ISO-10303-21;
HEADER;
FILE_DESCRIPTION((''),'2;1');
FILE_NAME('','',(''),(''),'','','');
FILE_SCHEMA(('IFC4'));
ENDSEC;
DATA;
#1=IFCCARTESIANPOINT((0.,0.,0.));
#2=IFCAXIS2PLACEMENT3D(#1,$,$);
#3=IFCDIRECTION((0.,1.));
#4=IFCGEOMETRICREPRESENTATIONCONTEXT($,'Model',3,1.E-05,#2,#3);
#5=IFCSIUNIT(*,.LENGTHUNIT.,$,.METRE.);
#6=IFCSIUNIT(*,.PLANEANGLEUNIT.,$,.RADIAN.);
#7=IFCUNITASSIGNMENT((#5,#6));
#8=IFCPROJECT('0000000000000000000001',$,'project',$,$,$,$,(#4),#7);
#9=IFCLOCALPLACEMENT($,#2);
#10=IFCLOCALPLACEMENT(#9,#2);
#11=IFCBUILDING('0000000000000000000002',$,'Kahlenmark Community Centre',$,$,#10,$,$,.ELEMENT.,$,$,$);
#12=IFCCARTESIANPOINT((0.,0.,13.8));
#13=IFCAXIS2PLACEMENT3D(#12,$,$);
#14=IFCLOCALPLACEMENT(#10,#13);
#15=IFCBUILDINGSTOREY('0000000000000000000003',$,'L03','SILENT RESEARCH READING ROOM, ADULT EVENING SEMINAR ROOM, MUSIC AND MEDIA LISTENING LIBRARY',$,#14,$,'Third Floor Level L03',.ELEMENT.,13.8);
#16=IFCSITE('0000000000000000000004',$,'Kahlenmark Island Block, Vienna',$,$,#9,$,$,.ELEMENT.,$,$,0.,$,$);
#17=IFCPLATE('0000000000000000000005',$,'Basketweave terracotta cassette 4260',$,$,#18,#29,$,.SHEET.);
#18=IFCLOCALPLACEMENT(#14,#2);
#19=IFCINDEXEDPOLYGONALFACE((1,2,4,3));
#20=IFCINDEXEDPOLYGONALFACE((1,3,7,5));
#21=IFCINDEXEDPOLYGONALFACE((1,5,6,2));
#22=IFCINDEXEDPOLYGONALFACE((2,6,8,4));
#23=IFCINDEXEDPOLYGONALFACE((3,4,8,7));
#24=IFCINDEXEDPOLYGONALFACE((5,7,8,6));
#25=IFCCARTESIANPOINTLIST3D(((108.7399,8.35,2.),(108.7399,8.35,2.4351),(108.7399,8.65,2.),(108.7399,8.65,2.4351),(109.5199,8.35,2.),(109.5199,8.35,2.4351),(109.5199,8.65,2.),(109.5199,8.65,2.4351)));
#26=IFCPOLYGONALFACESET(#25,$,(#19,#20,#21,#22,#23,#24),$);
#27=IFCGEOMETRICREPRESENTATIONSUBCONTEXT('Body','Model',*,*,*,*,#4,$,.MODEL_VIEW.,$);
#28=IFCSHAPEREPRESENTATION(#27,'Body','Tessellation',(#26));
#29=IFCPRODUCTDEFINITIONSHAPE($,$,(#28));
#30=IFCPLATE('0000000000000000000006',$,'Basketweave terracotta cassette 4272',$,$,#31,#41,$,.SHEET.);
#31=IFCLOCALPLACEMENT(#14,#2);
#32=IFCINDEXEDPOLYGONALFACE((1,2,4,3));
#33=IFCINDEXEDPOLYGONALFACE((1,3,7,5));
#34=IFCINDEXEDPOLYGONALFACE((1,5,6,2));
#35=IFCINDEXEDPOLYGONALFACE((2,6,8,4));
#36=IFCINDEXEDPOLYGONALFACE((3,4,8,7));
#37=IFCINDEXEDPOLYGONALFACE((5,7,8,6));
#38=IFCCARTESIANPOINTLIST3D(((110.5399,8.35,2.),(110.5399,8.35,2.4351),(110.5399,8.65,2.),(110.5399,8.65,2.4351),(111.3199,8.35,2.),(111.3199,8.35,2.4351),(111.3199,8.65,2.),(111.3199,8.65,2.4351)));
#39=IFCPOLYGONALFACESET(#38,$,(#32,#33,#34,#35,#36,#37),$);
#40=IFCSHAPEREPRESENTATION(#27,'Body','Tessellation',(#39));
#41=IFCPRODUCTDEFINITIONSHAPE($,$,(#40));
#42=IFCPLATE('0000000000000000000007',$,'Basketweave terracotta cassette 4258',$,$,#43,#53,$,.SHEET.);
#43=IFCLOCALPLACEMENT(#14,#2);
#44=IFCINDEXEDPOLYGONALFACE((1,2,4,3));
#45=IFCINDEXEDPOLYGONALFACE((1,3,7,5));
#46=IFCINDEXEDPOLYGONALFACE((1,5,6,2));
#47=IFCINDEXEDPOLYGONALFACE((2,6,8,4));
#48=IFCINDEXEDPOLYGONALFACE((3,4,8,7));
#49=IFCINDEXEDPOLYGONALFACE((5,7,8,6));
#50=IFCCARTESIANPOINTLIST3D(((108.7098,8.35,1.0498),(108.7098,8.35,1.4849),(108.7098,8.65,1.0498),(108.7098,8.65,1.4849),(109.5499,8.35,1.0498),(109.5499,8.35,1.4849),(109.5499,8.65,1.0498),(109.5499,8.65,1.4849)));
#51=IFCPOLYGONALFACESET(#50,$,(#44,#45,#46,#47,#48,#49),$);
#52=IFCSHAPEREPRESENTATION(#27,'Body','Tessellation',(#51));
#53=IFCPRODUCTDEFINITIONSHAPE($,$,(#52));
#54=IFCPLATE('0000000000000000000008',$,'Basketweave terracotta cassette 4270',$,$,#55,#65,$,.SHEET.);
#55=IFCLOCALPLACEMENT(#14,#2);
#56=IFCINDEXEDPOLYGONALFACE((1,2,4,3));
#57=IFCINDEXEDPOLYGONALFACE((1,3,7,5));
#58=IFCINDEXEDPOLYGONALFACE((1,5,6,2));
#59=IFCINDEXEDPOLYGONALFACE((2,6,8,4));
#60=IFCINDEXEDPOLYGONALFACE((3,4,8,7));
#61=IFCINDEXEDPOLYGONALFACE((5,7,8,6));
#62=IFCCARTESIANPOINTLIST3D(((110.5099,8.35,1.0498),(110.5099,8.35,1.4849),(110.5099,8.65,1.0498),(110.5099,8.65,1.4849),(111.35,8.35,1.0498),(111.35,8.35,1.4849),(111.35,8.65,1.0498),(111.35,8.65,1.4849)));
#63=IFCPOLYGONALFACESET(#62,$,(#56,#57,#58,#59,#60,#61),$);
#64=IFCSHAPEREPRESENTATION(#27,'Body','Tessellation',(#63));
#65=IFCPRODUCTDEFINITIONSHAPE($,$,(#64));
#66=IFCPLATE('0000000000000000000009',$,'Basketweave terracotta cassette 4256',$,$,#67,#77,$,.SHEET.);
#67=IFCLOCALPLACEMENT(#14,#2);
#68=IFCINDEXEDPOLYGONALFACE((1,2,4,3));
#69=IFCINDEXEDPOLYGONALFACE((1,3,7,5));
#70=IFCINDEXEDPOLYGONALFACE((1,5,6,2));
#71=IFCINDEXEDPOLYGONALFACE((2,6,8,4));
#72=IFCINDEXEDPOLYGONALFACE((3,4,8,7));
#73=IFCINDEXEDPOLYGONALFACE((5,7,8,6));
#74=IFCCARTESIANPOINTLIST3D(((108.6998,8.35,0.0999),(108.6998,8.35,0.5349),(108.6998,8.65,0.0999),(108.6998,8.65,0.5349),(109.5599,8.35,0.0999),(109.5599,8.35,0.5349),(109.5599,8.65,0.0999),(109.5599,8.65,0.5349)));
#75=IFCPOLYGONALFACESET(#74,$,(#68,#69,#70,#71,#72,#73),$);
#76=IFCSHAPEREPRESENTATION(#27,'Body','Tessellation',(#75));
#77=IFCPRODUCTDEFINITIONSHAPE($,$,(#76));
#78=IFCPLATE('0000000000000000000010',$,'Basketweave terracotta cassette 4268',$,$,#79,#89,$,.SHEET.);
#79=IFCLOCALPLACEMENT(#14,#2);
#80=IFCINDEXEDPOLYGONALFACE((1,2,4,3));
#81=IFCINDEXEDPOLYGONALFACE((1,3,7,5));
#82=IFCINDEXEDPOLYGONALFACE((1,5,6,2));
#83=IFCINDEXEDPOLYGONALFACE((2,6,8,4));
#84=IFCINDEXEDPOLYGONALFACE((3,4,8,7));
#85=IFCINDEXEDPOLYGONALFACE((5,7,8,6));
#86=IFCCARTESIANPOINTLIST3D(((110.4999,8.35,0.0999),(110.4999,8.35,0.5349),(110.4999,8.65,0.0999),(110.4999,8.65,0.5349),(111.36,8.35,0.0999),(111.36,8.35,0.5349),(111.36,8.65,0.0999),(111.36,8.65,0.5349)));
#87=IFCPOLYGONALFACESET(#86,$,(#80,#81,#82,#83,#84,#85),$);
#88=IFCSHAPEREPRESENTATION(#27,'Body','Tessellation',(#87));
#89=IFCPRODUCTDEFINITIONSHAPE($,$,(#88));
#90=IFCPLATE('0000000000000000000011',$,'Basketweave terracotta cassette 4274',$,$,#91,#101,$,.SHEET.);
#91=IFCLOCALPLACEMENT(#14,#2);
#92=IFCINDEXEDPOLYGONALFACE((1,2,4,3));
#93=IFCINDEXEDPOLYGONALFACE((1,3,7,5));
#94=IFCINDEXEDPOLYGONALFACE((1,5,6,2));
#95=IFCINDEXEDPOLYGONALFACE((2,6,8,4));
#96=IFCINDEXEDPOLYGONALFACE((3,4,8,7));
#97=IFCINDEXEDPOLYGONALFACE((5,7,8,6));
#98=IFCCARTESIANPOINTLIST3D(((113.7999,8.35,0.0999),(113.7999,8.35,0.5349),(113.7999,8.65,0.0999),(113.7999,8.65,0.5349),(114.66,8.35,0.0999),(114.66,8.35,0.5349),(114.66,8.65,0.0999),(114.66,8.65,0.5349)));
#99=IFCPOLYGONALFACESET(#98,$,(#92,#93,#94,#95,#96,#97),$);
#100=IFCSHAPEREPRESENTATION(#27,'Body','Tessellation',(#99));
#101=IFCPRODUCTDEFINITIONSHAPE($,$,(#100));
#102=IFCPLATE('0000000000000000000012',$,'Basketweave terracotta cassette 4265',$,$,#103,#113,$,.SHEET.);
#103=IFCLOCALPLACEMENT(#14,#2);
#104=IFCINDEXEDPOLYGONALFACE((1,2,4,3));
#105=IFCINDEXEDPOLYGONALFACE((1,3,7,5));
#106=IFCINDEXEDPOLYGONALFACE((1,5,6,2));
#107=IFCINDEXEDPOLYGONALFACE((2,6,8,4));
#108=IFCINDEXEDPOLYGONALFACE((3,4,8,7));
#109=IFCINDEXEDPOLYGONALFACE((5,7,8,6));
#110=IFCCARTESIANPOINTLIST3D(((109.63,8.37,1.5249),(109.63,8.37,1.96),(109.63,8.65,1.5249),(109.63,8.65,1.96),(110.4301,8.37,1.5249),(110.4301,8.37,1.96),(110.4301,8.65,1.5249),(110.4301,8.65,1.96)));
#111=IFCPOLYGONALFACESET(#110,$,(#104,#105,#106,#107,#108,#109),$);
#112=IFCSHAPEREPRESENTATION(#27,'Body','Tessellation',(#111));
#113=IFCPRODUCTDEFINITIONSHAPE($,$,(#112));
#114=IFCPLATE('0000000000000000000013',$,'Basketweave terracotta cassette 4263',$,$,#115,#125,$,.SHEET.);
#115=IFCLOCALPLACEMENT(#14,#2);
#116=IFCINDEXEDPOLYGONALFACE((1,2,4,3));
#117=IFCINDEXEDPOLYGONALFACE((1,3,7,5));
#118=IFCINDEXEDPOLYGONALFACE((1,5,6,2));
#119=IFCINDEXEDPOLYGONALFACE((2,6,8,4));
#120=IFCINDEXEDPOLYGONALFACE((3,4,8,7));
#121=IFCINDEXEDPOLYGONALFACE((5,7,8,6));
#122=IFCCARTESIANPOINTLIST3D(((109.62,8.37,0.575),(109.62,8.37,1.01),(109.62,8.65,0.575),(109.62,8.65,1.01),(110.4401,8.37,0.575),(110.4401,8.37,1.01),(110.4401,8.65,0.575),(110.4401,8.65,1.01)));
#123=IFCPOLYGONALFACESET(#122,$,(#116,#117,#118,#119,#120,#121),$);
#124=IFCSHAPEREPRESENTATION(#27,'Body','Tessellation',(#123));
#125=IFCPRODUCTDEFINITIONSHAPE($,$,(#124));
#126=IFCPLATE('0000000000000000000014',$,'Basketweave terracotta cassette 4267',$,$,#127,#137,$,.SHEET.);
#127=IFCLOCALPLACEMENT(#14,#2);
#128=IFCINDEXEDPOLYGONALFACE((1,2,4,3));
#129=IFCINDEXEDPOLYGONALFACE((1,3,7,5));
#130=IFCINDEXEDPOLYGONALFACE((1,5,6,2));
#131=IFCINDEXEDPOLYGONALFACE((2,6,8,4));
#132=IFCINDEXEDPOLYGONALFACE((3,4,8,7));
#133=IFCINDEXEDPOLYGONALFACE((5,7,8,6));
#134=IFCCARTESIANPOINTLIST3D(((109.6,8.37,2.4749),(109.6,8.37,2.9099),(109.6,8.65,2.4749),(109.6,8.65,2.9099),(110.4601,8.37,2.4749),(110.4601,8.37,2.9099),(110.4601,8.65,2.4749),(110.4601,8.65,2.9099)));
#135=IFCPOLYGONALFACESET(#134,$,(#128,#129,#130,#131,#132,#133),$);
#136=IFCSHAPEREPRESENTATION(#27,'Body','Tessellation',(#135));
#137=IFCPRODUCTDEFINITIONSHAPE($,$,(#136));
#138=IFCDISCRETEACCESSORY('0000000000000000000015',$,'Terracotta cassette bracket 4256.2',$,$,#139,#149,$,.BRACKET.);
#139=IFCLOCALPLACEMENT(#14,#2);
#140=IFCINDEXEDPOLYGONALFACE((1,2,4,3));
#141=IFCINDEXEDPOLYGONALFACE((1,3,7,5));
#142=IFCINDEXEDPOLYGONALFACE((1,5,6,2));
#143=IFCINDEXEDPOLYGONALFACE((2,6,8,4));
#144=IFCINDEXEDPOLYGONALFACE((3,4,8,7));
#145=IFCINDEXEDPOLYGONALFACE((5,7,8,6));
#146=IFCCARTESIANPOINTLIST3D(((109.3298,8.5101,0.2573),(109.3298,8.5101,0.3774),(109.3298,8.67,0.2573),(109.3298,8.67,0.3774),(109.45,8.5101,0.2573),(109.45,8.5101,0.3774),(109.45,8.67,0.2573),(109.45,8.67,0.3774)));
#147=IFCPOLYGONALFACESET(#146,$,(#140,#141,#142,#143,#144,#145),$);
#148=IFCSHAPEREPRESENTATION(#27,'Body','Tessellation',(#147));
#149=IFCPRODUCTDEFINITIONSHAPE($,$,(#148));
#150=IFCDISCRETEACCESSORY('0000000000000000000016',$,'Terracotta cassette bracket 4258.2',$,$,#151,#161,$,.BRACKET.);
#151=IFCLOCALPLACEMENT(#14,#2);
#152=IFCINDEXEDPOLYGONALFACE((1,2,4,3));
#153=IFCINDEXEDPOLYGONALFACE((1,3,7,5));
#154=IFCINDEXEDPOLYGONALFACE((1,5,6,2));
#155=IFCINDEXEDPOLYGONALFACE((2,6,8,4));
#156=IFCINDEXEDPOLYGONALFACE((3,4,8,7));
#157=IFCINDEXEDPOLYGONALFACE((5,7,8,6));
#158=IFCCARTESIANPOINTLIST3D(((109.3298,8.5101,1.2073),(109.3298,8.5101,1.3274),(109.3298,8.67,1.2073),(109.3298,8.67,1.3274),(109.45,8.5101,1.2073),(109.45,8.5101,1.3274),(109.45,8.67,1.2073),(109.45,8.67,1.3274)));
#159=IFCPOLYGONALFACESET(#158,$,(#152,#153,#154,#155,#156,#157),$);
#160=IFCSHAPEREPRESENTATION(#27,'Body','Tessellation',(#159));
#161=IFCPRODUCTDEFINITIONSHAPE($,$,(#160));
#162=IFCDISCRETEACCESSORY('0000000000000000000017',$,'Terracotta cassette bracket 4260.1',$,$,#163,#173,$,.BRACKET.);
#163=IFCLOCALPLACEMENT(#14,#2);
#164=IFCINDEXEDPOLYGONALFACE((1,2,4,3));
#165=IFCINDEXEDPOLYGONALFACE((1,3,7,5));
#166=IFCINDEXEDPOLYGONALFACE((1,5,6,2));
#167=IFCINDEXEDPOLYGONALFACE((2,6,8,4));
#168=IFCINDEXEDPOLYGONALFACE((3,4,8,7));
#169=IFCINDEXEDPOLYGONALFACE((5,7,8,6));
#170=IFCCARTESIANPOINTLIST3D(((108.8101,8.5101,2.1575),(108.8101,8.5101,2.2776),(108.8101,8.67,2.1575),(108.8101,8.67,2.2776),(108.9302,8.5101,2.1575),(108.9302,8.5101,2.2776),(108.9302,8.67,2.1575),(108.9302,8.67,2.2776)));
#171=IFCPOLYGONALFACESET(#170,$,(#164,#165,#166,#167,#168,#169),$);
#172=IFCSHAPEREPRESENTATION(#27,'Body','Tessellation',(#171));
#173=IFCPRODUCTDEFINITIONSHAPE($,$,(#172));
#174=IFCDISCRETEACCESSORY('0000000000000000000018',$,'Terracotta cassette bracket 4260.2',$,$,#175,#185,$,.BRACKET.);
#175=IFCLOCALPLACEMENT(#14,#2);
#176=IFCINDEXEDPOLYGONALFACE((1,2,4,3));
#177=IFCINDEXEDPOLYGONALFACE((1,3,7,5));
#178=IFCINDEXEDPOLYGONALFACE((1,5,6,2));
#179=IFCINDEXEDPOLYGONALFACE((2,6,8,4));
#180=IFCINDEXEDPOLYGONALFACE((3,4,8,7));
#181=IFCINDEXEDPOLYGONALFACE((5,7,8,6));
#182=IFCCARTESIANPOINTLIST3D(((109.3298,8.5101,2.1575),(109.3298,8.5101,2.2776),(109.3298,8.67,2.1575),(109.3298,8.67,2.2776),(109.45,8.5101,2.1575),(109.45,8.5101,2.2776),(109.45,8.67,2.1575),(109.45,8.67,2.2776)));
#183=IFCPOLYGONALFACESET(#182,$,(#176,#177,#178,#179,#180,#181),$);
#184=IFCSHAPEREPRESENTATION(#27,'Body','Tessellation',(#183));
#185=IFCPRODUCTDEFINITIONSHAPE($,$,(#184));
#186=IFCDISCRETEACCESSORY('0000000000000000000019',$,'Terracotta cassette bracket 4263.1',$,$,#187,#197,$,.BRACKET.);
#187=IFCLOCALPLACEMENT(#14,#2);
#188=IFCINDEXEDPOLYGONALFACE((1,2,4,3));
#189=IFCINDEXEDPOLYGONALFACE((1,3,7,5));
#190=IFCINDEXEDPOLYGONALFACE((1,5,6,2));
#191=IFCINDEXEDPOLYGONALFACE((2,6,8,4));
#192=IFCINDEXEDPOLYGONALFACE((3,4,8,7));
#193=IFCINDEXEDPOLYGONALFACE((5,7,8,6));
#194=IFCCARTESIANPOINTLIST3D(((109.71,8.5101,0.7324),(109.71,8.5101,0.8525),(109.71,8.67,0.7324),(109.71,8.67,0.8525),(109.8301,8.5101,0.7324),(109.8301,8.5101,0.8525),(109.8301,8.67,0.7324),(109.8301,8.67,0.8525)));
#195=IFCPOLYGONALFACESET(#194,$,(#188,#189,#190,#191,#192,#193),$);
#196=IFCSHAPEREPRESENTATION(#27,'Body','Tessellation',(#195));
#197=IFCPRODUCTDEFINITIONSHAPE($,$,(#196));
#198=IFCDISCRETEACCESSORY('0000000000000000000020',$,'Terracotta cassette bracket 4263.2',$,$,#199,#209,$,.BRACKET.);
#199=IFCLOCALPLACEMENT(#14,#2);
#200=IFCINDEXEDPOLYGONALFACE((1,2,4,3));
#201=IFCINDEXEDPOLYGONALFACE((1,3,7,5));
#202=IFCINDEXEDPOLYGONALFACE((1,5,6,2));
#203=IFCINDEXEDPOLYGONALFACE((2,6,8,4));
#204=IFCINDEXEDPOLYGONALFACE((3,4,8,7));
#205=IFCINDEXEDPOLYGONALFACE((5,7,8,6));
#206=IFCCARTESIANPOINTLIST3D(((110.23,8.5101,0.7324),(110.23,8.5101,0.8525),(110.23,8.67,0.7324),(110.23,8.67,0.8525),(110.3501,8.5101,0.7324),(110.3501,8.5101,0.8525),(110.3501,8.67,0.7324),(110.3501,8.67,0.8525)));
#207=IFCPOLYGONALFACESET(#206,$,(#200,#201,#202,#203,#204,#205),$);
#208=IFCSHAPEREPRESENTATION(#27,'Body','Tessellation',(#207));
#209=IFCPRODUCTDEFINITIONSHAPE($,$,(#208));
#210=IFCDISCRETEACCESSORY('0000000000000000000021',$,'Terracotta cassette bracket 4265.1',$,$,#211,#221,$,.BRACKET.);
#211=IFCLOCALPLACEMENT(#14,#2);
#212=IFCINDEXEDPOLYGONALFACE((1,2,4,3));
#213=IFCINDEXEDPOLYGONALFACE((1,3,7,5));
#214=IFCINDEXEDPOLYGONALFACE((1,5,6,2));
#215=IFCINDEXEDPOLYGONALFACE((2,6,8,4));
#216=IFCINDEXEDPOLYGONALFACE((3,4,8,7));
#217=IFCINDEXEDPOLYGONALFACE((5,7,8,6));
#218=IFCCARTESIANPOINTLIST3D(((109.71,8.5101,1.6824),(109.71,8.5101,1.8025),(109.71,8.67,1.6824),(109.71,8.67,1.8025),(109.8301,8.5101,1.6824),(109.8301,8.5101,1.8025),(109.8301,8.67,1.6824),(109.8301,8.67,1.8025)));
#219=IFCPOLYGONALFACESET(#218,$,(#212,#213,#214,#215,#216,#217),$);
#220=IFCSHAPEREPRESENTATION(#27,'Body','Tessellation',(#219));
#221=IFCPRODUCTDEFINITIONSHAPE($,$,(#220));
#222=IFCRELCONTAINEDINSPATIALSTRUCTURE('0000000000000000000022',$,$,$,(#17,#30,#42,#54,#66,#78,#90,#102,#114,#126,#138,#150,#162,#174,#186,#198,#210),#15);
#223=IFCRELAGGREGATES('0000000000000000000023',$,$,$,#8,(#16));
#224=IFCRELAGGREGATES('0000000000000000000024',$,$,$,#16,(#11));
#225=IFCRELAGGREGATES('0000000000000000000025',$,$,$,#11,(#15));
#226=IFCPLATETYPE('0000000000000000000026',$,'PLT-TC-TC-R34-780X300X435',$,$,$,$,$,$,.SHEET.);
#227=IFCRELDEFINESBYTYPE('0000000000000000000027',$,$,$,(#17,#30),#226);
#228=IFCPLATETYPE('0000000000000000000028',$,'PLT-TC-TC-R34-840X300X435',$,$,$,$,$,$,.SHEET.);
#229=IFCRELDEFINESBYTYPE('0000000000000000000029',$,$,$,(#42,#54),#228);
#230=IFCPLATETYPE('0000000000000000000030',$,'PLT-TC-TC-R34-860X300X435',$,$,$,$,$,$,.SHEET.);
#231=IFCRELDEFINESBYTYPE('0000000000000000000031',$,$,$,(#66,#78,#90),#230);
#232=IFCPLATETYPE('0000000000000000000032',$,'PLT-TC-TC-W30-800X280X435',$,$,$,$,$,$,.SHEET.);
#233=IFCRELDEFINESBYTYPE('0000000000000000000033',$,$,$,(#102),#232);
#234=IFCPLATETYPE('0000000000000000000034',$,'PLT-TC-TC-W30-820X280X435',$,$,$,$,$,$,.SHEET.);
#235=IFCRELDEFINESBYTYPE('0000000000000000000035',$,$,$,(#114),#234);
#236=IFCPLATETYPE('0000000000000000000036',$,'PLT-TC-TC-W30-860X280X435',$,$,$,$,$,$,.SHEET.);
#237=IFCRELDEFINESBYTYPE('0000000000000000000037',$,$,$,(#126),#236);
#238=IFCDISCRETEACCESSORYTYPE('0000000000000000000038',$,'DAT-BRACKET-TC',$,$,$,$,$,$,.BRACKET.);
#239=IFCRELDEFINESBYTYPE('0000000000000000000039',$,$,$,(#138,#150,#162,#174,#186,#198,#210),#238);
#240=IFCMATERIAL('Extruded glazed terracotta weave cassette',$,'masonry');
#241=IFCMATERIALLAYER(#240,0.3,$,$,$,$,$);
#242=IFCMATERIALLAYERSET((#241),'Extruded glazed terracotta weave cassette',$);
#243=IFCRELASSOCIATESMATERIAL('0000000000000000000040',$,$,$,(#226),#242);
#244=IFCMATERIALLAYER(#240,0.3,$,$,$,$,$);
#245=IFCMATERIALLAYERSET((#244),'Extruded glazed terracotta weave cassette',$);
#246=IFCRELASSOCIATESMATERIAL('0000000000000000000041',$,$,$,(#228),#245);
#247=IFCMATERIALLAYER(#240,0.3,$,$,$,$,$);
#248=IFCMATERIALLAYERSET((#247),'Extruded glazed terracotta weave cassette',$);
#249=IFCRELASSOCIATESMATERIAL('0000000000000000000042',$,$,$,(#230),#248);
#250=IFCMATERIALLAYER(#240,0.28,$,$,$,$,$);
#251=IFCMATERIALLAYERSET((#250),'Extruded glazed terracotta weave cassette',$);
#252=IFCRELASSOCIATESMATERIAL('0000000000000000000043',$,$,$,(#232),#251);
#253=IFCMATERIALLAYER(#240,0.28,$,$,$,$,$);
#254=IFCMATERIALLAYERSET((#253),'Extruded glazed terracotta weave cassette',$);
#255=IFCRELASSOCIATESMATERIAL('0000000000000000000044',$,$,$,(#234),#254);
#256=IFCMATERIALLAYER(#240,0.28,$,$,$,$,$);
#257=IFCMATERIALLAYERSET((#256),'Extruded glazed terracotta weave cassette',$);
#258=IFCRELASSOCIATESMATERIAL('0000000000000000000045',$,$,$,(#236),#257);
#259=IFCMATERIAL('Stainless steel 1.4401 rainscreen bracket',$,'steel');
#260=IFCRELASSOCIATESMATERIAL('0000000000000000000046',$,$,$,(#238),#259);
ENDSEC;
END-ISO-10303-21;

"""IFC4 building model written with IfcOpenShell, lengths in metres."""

from ifc_helpers import new_model, si_unit, direction, frame, origin, origin_2d, place, context, subcontext, project, spatial, rectangle, extrude, material, layer, layer_set, type_object, element, save


model = new_model("IFC4")

# Units and contexts
model_context = context("Model", 3, precision=1e-05, world=origin(), true_north=direction((0.0, 1.0)))
body_context = subcontext(model_context, "Body", "Model", "MODEL_VIEW")
ifc_project = project(units=[si_unit("LENGTHUNIT", "METRE"), si_unit("PLANEANGLEUNIT", "RADIAN")], contexts=[model_context])

# Site, building, storey
site_placement = place(None, origin())
site = spatial("IfcSite", under=ifc_project, at=site_placement, Name="Kahlenmark Island Block, Vienna", CompositionType="ELEMENT", RefElevation=0.0)
building_placement = place(site_placement, origin())
building = spatial("IfcBuilding", under=site, at=building_placement, Name="Kahlenmark Community Centre", CompositionType="ELEMENT")
storey_placement = place(building_placement, frame((0.0, 0.0, 13.8)))
storey = spatial("IfcBuildingStorey", under=building, at=storey_placement, Name="L03", Description="SILENT RESEARCH READING ROOM, ADULT EVENING SEMINAR ROOM, MUSIC AND MEDIA LISTENING LIBRARY", LongName="Third Floor Level L03", CompositionType="ELEMENT", Elevation=13.8)

# Plates
ifc_material_1 = material(Name="Extruded glazed terracotta weave cassette", Category="masonry")
ifc_layer_1 = layer(ifc_material_1, 0.3)
ifc_layer_set_1 = layer_set([ifc_layer_1], Name="Extruded glazed terracotta weave cassette")
plate_type_1 = type_object("IfcPlateType", Name="PLT-TC-TC-R34-780X300X435", PredefinedType="SHEET", material=ifc_layer_set_1)
for number, where, z_axis, x_axis, name in (
    (1, (109.1299, 8.5, 2.0), (0.0, 0.0, 1.0), (1.0, 0.0, 0.0), "Basketweave terracotta cassette 4260"),
    (2, (110.9299, 8.5, 2.0), (0.0, 0.0, 1.0), (1.0, 0.0, 0.0), "Basketweave terracotta cassette 4272"),
):
    element("IfcPlate", number, at=place(storey_placement, frame(where, z_axis=z_axis, x_axis=x_axis)), inside=storey, type_object=plate_type_1, Name=name, PredefinedType="SHEET", context=body_context, shape_type="SweptSolid", body=[
        extrude(rectangle(XDim=0.78, YDim=0.3, at=origin_2d()), origin(), (0.0, 0.0, 1.0), 0.4351),
    ])
ifc_layer_2 = layer(ifc_material_1, 0.3)
ifc_layer_set_2 = layer_set([ifc_layer_2], Name="Extruded glazed terracotta weave cassette")
plate_type_2 = type_object("IfcPlateType", Name="PLT-TC-TC-R34-840X300X435", PredefinedType="SHEET", material=ifc_layer_set_2)
for number, where, z_axis, x_axis, name in (
    (3, (109.1299, 8.5, 1.0498), (0.0, 0.0, 1.0), (1.0, 0.0, 0.0), "Basketweave terracotta cassette 4258"),
    (4, (110.9299, 8.5, 1.0498), (0.0, 0.0, 1.0), (1.0, 0.0, 0.0), "Basketweave terracotta cassette 4270"),
):
    element("IfcPlate", number, at=place(storey_placement, frame(where, z_axis=z_axis, x_axis=x_axis)), inside=storey, type_object=plate_type_2, Name=name, PredefinedType="SHEET", context=body_context, shape_type="SweptSolid", body=[
        extrude(rectangle(XDim=0.8401, YDim=0.3, at=origin_2d()), origin(), (0.0, 0.0, 1.0), 0.4351),
    ])
ifc_layer_3 = layer(ifc_material_1, 0.3)
ifc_layer_set_3 = layer_set([ifc_layer_3], Name="Extruded glazed terracotta weave cassette")
plate_type_3 = type_object("IfcPlateType", Name="PLT-TC-TC-R34-860X300X435", PredefinedType="SHEET", material=ifc_layer_set_3)
for number, where, z_axis, x_axis, name in (
    (5, (109.1299, 8.5, 0.0999), (0.0, 0.0, 1.0), (1.0, 0.0, 0.0), "Basketweave terracotta cassette 4256"),
    (6, (110.9299, 8.5, 0.0999), (0.0, 0.0, 1.0), (1.0, 0.0, 0.0), "Basketweave terracotta cassette 4268"),
    (7, (114.23, 8.5, 0.0999), (0.0, 0.0, 1.0), (1.0, 0.0, 0.0), "Basketweave terracotta cassette 4274"),
):
    element("IfcPlate", number, at=place(storey_placement, frame(where, z_axis=z_axis, x_axis=x_axis)), inside=storey, type_object=plate_type_3, Name=name, PredefinedType="SHEET", context=body_context, shape_type="SweptSolid", body=[
        extrude(rectangle(XDim=0.8601, YDim=0.3, at=origin_2d()), origin(), (0.0, 0.0, 1.0), 0.4351),
    ])
ifc_layer_4 = layer(ifc_material_1, 0.28)
ifc_layer_set_4 = layer_set([ifc_layer_4], Name="Extruded glazed terracotta weave cassette")
plate_type_4 = type_object("IfcPlateType", Name="PLT-TC-TC-W30-800X280X435", PredefinedType="SHEET", material=ifc_layer_set_4)
plate_1_placement = place(storey_placement, frame((110.03, 8.51, 1.5249), z_axis=(0.0, 0.0, 1.0), x_axis=(1.0, 0.0, 0.0)))
element("IfcPlate", 8, at=plate_1_placement, inside=storey, type_object=plate_type_4, Name="Basketweave terracotta cassette 4265", PredefinedType="SHEET", context=body_context, shape_type="SweptSolid", body=[
    extrude(rectangle(XDim=0.8, YDim=0.28, at=origin_2d()), origin(), (0.0, 0.0, 1.0), 0.4351),
])
ifc_layer_5 = layer(ifc_material_1, 0.28)
ifc_layer_set_5 = layer_set([ifc_layer_5], Name="Extruded glazed terracotta weave cassette")
plate_type_5 = type_object("IfcPlateType", Name="PLT-TC-TC-W30-820X280X435", PredefinedType="SHEET", material=ifc_layer_set_5)
plate_2_placement = place(storey_placement, frame((110.03, 8.51, 0.575), z_axis=(0.0, 0.0, 1.0), x_axis=(1.0, 0.0, 0.0)))
element("IfcPlate", 9, at=plate_2_placement, inside=storey, type_object=plate_type_5, Name="Basketweave terracotta cassette 4263", PredefinedType="SHEET", context=body_context, shape_type="SweptSolid", body=[
    extrude(rectangle(XDim=0.8201, YDim=0.28, at=origin_2d()), origin(), (0.0, 0.0, 1.0), 0.4351),
])
ifc_layer_6 = layer(ifc_material_1, 0.28)
ifc_layer_set_6 = layer_set([ifc_layer_6], Name="Extruded glazed terracotta weave cassette")
plate_type_6 = type_object("IfcPlateType", Name="PLT-TC-TC-W30-860X280X435", PredefinedType="SHEET", material=ifc_layer_set_6)
plate_3_placement = place(storey_placement, frame((110.03, 8.51, 2.4749), z_axis=(0.0, 0.0, 1.0), x_axis=(1.0, 0.0, 0.0)))
element("IfcPlate", 10, at=plate_3_placement, inside=storey, type_object=plate_type_6, Name="Basketweave terracotta cassette 4267", PredefinedType="SHEET", context=body_context, shape_type="SweptSolid", body=[
    extrude(rectangle(XDim=0.8601, YDim=0.28, at=origin_2d()), origin(), (0.0, 0.0, 1.0), 0.4351),
])

# Discrete accessories
ifc_material_2 = material(Name="Stainless steel 1.4401 rainscreen bracket", Category="steel")
discrete_accessory_type = type_object("IfcDiscreteAccessoryType", Name="DAT-BRACKET-TC", PredefinedType="BRACKET", material=ifc_material_2)
for number, where, z_axis, x_axis, name in (
    (11, (109.3899, 8.5901, 0.2573), (0.0, 0.0, 1.0), (1.0, 0.0, 0.0), "Terracotta cassette bracket 4256.2"),
    (12, (109.3899, 8.5901, 1.2073), (0.0, 0.0, 1.0), (1.0, 0.0, 0.0), "Terracotta cassette bracket 4258.2"),
    (13, (108.8701, 8.5901, 2.1575), (0.0, 0.0, 1.0), (1.0, 0.0, 0.0), "Terracotta cassette bracket 4260.1"),
    (14, (109.3899, 8.5901, 2.1575), (0.0, 0.0, 1.0), (1.0, 0.0, 0.0), "Terracotta cassette bracket 4260.2"),
    (15, (109.77, 8.5901, 0.7324), (0.0, 0.0, 1.0), (1.0, 0.0, 0.0), "Terracotta cassette bracket 4263.1"),
    (16, (110.29, 8.5901, 0.7324), (0.0, 0.0, 1.0), (1.0, 0.0, 0.0), "Terracotta cassette bracket 4263.2"),
    (17, (109.77, 8.5901, 1.6824), (0.0, 0.0, 1.0), (1.0, 0.0, 0.0), "Terracotta cassette bracket 4265.1"),
):
    element("IfcDiscreteAccessory", number, at=place(storey_placement, frame(where, z_axis=z_axis, x_axis=x_axis)), inside=storey, type_object=discrete_accessory_type, Name=name, PredefinedType="BRACKET", context=body_context, shape_type="SweptSolid", body=[
        extrude(rectangle(XDim=0.1201, YDim=0.1599, at=origin_2d()), origin(), (0.0, 0.0, 1.0), 0.1201),
    ])

save(model, "model.ifc")
